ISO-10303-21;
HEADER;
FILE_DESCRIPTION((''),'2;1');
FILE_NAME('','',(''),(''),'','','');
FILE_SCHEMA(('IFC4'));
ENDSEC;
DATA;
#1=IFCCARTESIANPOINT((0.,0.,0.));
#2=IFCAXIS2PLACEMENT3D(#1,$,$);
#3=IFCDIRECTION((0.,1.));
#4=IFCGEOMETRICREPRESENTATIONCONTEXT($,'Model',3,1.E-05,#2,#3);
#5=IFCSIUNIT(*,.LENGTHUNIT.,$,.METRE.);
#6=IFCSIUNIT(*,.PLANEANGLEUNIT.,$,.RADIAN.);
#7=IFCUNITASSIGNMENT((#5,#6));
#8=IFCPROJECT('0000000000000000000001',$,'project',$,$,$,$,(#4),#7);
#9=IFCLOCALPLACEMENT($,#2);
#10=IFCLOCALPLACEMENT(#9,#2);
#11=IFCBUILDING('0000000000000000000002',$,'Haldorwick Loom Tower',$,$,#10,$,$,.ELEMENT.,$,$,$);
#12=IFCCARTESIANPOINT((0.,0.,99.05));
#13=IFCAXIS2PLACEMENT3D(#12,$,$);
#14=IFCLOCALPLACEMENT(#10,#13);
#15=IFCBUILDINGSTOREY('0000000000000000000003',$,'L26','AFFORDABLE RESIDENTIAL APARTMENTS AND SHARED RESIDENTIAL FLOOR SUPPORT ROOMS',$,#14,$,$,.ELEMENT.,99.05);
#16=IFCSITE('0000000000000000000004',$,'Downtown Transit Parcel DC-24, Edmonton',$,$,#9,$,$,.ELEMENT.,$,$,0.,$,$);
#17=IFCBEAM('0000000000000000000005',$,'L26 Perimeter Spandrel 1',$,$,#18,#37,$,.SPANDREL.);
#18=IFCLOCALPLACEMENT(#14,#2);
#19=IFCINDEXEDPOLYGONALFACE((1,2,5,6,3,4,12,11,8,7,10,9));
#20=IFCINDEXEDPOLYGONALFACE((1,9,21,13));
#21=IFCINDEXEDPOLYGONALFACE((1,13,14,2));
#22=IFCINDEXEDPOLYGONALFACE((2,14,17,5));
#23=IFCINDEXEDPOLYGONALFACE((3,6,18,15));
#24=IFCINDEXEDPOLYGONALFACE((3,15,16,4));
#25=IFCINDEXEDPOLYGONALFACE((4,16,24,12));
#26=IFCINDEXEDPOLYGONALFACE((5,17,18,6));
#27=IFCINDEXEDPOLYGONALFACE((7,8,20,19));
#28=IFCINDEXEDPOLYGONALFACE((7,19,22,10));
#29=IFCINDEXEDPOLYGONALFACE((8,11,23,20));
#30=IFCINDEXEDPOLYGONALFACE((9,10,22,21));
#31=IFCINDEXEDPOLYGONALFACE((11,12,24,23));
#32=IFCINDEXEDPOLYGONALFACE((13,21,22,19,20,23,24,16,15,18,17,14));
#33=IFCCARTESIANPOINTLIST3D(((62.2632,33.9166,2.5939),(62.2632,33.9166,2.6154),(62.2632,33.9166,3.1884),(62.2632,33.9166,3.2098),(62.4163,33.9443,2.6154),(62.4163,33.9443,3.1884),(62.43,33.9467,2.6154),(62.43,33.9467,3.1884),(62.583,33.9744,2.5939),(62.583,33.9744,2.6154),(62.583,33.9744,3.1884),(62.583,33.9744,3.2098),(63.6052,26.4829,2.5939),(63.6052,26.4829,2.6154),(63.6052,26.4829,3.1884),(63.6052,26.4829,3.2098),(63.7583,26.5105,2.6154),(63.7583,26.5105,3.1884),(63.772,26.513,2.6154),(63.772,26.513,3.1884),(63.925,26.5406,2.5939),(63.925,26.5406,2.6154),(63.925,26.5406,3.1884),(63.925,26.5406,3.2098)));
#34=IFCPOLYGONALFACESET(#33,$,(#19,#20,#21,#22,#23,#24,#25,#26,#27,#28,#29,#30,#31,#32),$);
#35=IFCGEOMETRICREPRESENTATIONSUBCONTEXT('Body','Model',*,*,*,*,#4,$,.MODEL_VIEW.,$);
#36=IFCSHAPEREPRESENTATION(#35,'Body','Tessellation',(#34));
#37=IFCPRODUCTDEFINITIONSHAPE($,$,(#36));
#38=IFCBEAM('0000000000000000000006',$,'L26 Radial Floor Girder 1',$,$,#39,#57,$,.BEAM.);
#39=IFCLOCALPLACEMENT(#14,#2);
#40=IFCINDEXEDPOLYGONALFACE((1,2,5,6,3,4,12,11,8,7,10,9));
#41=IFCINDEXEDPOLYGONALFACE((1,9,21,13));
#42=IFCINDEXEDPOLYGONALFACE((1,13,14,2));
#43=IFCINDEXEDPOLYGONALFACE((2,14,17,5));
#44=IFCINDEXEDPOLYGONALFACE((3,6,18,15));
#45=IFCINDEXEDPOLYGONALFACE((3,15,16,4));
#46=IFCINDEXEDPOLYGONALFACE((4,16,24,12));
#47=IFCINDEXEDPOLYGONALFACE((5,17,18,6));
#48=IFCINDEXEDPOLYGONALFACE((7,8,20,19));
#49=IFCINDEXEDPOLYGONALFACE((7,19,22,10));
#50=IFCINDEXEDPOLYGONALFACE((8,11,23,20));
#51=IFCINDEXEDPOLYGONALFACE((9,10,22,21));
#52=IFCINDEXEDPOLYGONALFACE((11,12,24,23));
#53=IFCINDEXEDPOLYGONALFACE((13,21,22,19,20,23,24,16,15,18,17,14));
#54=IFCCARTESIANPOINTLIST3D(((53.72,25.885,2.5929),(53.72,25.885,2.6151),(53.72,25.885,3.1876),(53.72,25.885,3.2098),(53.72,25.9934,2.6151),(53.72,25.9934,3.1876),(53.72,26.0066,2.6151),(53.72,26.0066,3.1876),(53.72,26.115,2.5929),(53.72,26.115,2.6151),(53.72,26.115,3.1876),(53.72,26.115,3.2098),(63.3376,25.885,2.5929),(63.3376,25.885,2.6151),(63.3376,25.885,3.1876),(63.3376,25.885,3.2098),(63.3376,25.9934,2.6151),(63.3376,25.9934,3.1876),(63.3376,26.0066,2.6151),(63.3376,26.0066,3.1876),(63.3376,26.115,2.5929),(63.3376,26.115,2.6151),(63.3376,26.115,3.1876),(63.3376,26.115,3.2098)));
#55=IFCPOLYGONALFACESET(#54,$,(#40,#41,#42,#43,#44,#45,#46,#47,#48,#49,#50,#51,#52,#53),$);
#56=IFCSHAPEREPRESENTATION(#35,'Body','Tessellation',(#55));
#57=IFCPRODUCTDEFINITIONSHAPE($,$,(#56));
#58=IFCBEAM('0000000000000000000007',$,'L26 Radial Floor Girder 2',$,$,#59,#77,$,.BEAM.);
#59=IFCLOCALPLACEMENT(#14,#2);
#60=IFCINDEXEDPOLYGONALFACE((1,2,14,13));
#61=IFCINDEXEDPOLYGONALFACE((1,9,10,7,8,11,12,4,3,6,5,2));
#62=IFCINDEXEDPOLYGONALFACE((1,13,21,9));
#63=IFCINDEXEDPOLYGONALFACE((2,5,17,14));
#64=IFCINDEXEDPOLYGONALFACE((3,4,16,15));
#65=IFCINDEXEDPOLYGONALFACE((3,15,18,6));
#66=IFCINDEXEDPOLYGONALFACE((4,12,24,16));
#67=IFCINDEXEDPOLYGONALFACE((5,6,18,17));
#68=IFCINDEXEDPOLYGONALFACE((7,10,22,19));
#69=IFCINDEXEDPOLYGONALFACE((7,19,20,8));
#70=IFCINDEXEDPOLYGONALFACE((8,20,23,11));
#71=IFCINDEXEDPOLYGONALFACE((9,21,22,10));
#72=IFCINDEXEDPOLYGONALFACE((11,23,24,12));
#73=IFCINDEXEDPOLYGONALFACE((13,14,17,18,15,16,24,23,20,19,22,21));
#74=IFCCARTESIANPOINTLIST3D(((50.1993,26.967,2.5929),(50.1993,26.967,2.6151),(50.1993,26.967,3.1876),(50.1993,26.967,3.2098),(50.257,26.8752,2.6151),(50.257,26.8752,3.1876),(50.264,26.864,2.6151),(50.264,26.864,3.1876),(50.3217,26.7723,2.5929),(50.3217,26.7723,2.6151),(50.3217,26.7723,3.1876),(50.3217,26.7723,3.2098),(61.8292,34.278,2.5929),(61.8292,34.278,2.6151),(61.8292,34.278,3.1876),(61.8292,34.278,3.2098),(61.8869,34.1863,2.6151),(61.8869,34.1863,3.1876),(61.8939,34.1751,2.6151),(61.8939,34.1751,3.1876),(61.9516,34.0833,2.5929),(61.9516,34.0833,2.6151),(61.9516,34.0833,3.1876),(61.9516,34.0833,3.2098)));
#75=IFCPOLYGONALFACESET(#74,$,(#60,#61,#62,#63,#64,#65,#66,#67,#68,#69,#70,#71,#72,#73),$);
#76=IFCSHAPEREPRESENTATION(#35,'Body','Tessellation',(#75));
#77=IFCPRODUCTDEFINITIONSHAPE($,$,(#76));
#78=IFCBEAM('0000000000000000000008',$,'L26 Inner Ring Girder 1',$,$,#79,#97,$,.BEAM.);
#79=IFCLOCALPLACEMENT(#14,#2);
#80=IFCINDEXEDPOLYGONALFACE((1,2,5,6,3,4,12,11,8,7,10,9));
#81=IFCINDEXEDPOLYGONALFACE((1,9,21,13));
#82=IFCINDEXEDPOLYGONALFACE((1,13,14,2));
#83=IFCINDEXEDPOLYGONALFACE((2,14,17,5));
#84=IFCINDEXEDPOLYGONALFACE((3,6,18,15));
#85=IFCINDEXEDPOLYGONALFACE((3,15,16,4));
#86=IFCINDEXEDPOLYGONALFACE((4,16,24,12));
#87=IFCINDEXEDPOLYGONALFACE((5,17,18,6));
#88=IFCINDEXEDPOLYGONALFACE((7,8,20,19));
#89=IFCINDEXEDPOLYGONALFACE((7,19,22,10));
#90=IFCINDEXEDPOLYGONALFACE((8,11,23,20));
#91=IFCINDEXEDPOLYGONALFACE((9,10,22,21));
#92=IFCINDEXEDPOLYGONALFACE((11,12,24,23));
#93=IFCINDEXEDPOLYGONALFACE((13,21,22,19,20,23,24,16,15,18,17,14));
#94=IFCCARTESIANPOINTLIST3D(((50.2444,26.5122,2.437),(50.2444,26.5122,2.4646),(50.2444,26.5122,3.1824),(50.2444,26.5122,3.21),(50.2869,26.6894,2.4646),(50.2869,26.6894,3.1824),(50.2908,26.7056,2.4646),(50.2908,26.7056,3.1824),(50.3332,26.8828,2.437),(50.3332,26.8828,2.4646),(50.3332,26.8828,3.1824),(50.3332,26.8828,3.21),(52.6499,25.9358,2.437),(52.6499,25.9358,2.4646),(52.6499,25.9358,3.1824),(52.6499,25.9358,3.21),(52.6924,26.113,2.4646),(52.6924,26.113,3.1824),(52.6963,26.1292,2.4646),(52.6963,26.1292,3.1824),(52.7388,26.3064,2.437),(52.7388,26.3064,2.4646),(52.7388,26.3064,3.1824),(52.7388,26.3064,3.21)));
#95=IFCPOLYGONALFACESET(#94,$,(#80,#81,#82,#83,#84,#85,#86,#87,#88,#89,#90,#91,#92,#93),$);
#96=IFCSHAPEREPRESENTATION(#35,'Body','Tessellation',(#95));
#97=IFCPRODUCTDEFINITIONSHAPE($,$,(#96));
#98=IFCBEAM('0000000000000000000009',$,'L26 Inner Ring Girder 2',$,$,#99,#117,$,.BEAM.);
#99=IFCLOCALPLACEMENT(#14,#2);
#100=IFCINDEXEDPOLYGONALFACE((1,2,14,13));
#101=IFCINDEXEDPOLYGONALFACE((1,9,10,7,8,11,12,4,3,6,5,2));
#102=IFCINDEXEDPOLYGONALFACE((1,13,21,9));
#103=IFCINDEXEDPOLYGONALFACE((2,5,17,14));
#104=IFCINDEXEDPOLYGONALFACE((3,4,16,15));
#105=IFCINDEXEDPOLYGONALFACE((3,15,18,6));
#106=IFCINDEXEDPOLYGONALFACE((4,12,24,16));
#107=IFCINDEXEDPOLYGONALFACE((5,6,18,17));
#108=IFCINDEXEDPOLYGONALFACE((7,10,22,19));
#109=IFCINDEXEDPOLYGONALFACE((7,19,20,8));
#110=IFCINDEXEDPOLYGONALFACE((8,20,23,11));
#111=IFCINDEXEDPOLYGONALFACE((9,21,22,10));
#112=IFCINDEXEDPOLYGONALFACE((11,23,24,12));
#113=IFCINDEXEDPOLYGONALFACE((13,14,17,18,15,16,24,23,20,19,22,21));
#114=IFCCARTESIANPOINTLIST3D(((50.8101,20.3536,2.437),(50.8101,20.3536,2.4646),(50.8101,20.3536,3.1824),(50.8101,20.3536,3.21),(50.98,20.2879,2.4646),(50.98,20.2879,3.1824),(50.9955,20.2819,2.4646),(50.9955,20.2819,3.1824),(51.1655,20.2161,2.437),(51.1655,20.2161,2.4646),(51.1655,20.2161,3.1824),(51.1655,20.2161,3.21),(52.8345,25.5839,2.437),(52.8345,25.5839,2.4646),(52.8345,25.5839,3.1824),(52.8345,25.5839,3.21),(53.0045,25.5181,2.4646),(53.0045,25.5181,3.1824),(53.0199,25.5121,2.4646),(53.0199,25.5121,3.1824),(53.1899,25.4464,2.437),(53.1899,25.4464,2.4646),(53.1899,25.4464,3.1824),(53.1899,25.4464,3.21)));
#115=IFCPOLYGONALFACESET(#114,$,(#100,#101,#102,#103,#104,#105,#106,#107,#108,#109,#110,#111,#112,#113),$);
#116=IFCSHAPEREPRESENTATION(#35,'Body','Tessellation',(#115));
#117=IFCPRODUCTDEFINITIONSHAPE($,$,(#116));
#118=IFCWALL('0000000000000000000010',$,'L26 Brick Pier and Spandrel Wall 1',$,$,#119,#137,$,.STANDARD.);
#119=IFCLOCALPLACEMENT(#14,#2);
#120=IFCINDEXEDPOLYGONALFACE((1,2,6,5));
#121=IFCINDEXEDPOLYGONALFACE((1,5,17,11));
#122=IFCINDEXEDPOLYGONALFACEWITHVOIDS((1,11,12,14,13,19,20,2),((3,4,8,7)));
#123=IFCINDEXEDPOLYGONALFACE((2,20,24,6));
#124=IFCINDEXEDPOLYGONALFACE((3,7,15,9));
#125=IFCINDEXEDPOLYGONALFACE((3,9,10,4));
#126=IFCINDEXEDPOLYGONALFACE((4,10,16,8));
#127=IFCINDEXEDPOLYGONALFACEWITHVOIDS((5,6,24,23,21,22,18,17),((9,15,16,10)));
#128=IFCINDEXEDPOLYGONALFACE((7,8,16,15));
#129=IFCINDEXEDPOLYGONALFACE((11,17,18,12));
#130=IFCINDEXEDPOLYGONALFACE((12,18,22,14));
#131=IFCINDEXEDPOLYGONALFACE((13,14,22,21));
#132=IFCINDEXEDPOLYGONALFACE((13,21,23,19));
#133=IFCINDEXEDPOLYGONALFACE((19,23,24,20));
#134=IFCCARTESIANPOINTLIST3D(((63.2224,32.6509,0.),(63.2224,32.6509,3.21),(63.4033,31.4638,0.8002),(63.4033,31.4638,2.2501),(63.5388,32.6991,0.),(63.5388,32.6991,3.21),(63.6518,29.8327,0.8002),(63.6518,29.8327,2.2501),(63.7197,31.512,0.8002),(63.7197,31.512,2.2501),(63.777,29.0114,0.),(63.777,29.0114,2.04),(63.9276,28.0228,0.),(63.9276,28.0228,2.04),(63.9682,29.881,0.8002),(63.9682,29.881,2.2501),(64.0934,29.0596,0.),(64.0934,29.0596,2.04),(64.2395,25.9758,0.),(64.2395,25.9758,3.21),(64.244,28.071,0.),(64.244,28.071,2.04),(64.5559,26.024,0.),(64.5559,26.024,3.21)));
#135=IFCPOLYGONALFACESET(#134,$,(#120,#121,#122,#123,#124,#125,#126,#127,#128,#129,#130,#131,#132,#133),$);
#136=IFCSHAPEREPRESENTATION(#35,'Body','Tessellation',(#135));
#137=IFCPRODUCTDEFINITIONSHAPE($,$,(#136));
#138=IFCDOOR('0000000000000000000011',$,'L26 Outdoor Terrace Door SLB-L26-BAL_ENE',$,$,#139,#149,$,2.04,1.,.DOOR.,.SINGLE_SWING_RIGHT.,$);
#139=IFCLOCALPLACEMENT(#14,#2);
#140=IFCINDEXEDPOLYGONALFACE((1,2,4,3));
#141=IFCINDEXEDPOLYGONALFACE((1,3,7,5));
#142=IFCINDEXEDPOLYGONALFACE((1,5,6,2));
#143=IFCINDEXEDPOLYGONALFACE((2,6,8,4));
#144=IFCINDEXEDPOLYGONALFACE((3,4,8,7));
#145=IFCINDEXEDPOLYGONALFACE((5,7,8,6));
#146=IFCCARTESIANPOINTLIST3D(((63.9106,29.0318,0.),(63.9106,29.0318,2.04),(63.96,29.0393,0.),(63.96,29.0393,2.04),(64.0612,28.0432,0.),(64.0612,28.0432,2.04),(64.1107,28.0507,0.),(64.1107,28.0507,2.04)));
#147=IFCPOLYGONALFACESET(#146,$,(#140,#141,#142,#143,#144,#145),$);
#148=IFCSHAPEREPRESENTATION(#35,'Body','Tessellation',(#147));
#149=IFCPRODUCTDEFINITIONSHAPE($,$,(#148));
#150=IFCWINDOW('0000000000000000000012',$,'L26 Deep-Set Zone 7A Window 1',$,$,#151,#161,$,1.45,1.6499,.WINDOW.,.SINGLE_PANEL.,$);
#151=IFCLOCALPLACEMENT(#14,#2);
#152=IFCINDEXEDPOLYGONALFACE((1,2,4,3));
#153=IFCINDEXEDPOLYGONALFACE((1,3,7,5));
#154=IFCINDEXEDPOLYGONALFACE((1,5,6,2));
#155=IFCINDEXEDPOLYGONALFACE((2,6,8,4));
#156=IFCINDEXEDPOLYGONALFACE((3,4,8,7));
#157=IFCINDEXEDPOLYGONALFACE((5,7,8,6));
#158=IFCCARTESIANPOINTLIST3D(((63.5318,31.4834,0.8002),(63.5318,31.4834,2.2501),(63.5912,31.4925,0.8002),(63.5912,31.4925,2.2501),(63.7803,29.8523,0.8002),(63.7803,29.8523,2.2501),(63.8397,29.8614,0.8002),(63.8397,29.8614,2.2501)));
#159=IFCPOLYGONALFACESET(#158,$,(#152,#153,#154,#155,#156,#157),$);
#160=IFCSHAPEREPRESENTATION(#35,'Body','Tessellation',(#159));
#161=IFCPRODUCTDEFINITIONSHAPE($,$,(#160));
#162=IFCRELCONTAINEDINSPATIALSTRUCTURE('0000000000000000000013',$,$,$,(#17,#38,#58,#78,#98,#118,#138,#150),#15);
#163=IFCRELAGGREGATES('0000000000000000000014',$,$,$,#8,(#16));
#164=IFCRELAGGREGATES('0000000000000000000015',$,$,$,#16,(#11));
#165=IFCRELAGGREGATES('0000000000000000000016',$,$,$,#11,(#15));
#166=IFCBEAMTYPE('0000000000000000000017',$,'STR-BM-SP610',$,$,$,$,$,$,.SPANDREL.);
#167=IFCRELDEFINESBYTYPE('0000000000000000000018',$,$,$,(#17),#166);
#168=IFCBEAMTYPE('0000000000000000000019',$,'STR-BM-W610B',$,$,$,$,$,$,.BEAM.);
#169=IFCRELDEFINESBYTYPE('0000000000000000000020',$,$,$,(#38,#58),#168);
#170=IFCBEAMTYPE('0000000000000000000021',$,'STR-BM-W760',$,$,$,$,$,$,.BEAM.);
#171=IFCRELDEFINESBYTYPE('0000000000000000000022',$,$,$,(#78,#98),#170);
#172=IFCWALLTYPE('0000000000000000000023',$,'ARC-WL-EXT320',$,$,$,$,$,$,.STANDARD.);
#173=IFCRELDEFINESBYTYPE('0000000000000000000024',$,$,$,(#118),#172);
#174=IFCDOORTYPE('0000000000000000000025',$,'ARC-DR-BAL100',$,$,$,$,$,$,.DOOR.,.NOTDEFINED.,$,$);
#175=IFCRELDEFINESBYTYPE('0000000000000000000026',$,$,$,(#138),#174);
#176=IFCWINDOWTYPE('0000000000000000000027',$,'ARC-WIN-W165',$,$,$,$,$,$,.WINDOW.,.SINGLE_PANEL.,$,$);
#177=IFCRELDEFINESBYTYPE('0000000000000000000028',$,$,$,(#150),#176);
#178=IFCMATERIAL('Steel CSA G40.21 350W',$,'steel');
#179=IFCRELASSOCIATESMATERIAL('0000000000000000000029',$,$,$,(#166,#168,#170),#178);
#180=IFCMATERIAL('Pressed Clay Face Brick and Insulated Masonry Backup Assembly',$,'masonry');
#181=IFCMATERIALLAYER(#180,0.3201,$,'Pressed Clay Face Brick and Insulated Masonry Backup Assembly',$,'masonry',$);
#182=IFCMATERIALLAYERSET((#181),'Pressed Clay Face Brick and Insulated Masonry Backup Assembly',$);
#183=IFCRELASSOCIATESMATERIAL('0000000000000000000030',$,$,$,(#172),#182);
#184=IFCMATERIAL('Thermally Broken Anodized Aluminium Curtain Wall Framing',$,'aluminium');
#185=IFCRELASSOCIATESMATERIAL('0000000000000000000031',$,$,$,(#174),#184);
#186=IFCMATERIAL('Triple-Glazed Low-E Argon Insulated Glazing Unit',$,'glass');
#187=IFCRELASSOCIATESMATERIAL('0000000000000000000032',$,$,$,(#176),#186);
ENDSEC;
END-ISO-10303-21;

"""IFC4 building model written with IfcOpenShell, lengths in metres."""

from ifc_helpers import new_model, si_unit, direction, frame, frame_2d, origin, origin_2d, place, context, subcontext, project, spatial, rectangle, i_section, extrude, material, layer, layer_set, material_profile, profile_set, type_object, element, fill, save


model = new_model("IFC4")

# Units and contexts
model_context = context("Model", 3, precision=1e-05, world=origin(), true_north=direction((0.0, 1.0)))
body_context = subcontext(model_context, "Body", "Model", "MODEL_VIEW")
ifc_project = project(units=[si_unit("LENGTHUNIT", "METRE"), si_unit("PLANEANGLEUNIT", "RADIAN")], contexts=[model_context])

# Site, building, storey
site_placement = place(None, origin())
site = spatial("IfcSite", under=ifc_project, at=site_placement, Name="Downtown Transit Parcel DC-24, Edmonton", CompositionType="ELEMENT", RefElevation=0.0)
building_placement = place(site_placement, origin())
building = spatial("IfcBuilding", under=site, at=building_placement, Name="Haldorwick Loom Tower", CompositionType="ELEMENT")
storey_placement = place(building_placement, frame((0.0, 0.0, 99.05)))
storey = spatial("IfcBuildingStorey", under=building, at=storey_placement, Name="L26", Description="AFFORDABLE RESIDENTIAL APARTMENTS AND SHARED RESIDENTIAL FLOOR SUPPORT ROOMS", CompositionType="ELEMENT", Elevation=99.05)

# Beams
ifc_material_1 = material(Name="Steel CSA G40.21 350W", Category="steel")
ifc_material_profile_1 = material_profile(ifc_material_1, i_section(OverallWidth=0.325, OverallDepth=0.616, WebThickness=0.0139, FlangeThickness=0.0215, at=origin_2d()), Name="W610X174", Category="steel")
ifc_profile_set_1 = profile_set([ifc_material_profile_1], Name="Steel CSA G40.21 350W")
beam_type_1 = type_object("IfcBeamType", Name="STR-BM-SP610", PredefinedType="SPANDREL", material=ifc_profile_set_1)
beam_1_placement = place(storey_placement, frame((63.7651, 26.5117, 2.9019), z_axis=(-0.177659, 0.984092, 0.0), x_axis=(-0.984092, -0.177659, 0.0)))
element("IfcBeam", 1, at=beam_1_placement, inside=storey, type_object=beam_type_1, Name="L26 Perimeter Spandrel 1", PredefinedType="SPANDREL", context=body_context, shape_type="SweptSolid", body=[
    extrude(i_section(OverallWidth=0.325, OverallDepth=0.616, WebThickness=0.0139, FlangeThickness=0.0215, at=origin_2d()), origin(), (0.0, 0.0, 1.0), 7.554),
])
ifc_material_profile_2 = material_profile(ifc_material_1, i_section(OverallWidth=0.23, OverallDepth=0.6169, WebThickness=0.0132, FlangeThickness=0.0222, at=origin_2d()), Name="W610X140", Category="steel")
ifc_profile_set_2 = profile_set([ifc_material_profile_2], Name="Steel CSA G40.21 350W")
beam_type_2 = type_object("IfcBeamType", Name="STR-BM-W610B", PredefinedType="BEAM", material=ifc_profile_set_2)
beam_2_placement = place(storey_placement, frame((53.72, 26.0, 2.9014), z_axis=(1.0, 0.0, 0.0), x_axis=(0.0, 1.0, 0.0)))
element("IfcBeam", 2, at=beam_2_placement, inside=storey, type_object=beam_type_2, Name="L26 Radial Floor Girder 1", PredefinedType="BEAM", context=body_context, shape_type="SweptSolid", body=[
    extrude(i_section(OverallWidth=0.23, OverallDepth=0.6169, WebThickness=0.0132, FlangeThickness=0.0222, at=origin_2d()), origin(), (0.0, 0.0, 1.0), 9.6177),
])
beam_3_placement = place(storey_placement, frame((50.2605, 26.8696, 2.9014), z_axis=(0.84661, 0.532214, 0.0), x_axis=(-0.532214, 0.84661, 0.0)))
element("IfcBeam", 3, at=beam_3_placement, inside=storey, type_object=beam_type_2, Name="L26 Radial Floor Girder 2", PredefinedType="BEAM", context=body_context, shape_type="SweptSolid", body=[
    extrude(i_section(OverallWidth=0.23, OverallDepth=0.6169, WebThickness=0.0132, FlangeThickness=0.0222, at=origin_2d()), origin(), (0.0, 0.0, 1.0), 13.7371),
])
ifc_material_profile_3 = material_profile(ifc_material_1, i_section(OverallWidth=0.3811, OverallDepth=0.7729, WebThickness=0.0166, FlangeThickness=0.0276, at=origin_2d()), Name="W760X257", Category="steel")
ifc_profile_set_3 = profile_set([ifc_material_profile_3], Name="Steel CSA G40.21 350W")
beam_type_3 = type_object("IfcBeamType", Name="STR-BM-W760", PredefinedType="BEAM", material=ifc_profile_set_3)
beam_4_placement = place(storey_placement, frame((50.2888, 26.6975, 2.8235), z_axis=(0.972471, -0.233026, 0.0), x_axis=(0.233026, 0.972471, 0.0)))
element("IfcBeam", 4, at=beam_4_placement, inside=storey, type_object=beam_type_3, Name="L26 Inner Ring Girder 1", PredefinedType="BEAM", context=body_context, shape_type="SweptSolid", body=[
    extrude(i_section(OverallWidth=0.3811, OverallDepth=0.7729, WebThickness=0.0166, FlangeThickness=0.0276, at=origin_2d()), origin(), (0.0, 0.0, 1.0), 2.4736),
])
beam_5_placement = place(storey_placement, frame((53.0122, 25.5151, 2.8235), z_axis=(-0.360965, -0.932579, 0.0), x_axis=(0.932579, -0.360965, 0.0)))
element("IfcBeam", 5, at=beam_5_placement, inside=storey, type_object=beam_type_3, Name="L26 Inner Ring Girder 2", PredefinedType="BEAM", context=body_context, shape_type="SweptSolid", body=[
    extrude(i_section(OverallWidth=0.3811, OverallDepth=0.7729, WebThickness=0.0166, FlangeThickness=0.0276, at=origin_2d()), origin(), (0.0, 0.0, 1.0), 5.6084),
])

# Wall, openings, door, window
ifc_material_2 = material(Name="Pressed Clay Face Brick and Insulated Masonry Backup Assembly", Category="masonry")
ifc_layer_1 = layer(ifc_material_2, 0.3201, Name="Pressed Clay Face Brick and Insulated Masonry Backup Assembly", Category="masonry")
ifc_layer_set_1 = layer_set([ifc_layer_1], Name="Pressed Clay Face Brick and Insulated Masonry Backup Assembly")
wall_type_1 = type_object("IfcWallType", Name="ARC-WL-EXT320", PredefinedType="STANDARD", material=ifc_layer_set_1)
wall_1_placement = place(storey_placement, frame((64.3977, 26.0, 0.0), z_axis=(0.0, 0.0, 1.0), x_axis=(-0.150633, 0.98859, 0.0)))
wall_1 = element("IfcWall", 6, at=wall_1_placement, inside=storey, type_object=wall_type_1, Name="L26 Brick Pier and Spandrel Wall 1", PredefinedType="STANDARD", context=body_context, shape_type="SweptSolid", body=[
    extrude(rectangle(XDim=6.7522, YDim=0.3201, at=frame_2d((3.376, 0.0))), origin(), (0.0, 0.0, 1.0), 3.21),
])
opening_1_placement = place(wall_1_placement, frame((2.0706, 0.0, 0.0)))
opening_1 = element("IfcOpeningElement", 7, at=opening_1_placement, cuts=wall_1, PredefinedType="OPENING", context=body_context, shape_type="SweptSolid", body=[
    extrude(rectangle(XDim=1.0, YDim=2.04, at=frame_2d((0.5, 1.02))), frame((0.0, 0.1699, 0.0), z_axis=(0.0, -1.0, 0.0), x_axis=(1.0, 0.0, 0.0)), (0.0, 0.0, 1.0), 0.3401),
])
opening_2_placement = place(wall_1_placement, frame((3.9014, 0.0, 0.8)))
opening_2 = element("IfcOpeningElement", 8, at=opening_2_placement, cuts=wall_1, PredefinedType="OPENING", context=body_context, shape_type="SweptSolid", body=[
    extrude(rectangle(XDim=1.6499, YDim=1.45, at=frame_2d((0.825, 0.7251))), frame((0.0, 0.1699, 0.0), z_axis=(0.0, -1.0, 0.0), x_axis=(1.0, 0.0, 0.0)), (0.0, 0.0, 1.0), 0.3401),
])
ifc_material_3 = material(Name="Thermally Broken Anodized Aluminium Curtain Wall Framing", Category="aluminium")
door_type_1 = type_object("IfcDoorType", Name="ARC-DR-BAL100", OperationType="NOTDEFINED", PredefinedType="DOOR", material=ifc_material_3)
door_1_placement = place(opening_1_placement, origin())
door_1 = element("IfcDoor", 9, at=door_1_placement, inside=storey, type_object=door_type_1, Name="L26 Outdoor Terrace Door SLB-L26-BAL_ENE", OperationType="SINGLE_SWING_RIGHT", OverallHeight=2.04, OverallWidth=1.0, PredefinedType="DOOR", context=body_context, shape_type="SweptSolid", body=[
    extrude(rectangle(XDim=1.0, YDim=2.04, at=frame_2d((0.5, 1.02))), frame((0.0, 0.0249, 0.0), z_axis=(0.0, -1.0, 0.0), x_axis=(1.0, 0.0, 0.0)), (0.0, 0.0, 1.0), 0.05),
])
fill(opening_1, door_1)
ifc_material_4 = material(Name="Triple-Glazed Low-E Argon Insulated Glazing Unit", Category="glass")
window_type = type_object("IfcWindowType", Name="ARC-WIN-W165", PartitioningType="SINGLE_PANEL", PredefinedType="WINDOW", material=ifc_material_4)
window_placement = place(opening_2_placement, origin())
window = element("IfcWindow", 10, at=window_placement, inside=storey, type_object=window_type, Name="L26 Deep-Set Zone 7A Window 1", OverallHeight=1.45, OverallWidth=1.6499, PartitioningType="SINGLE_PANEL", PredefinedType="WINDOW", context=body_context, shape_type="SweptSolid", body=[
    extrude(rectangle(XDim=1.6499, YDim=1.45, at=frame_2d((0.825, 0.7251))), frame((0.0, 0.03, 0.0), z_axis=(0.0, -1.0, 0.0), x_axis=(1.0, 0.0, 0.0)), (0.0, 0.0, 1.0), 0.0601),
])
fill(opening_2, window)

save(model, "model.ifc")
